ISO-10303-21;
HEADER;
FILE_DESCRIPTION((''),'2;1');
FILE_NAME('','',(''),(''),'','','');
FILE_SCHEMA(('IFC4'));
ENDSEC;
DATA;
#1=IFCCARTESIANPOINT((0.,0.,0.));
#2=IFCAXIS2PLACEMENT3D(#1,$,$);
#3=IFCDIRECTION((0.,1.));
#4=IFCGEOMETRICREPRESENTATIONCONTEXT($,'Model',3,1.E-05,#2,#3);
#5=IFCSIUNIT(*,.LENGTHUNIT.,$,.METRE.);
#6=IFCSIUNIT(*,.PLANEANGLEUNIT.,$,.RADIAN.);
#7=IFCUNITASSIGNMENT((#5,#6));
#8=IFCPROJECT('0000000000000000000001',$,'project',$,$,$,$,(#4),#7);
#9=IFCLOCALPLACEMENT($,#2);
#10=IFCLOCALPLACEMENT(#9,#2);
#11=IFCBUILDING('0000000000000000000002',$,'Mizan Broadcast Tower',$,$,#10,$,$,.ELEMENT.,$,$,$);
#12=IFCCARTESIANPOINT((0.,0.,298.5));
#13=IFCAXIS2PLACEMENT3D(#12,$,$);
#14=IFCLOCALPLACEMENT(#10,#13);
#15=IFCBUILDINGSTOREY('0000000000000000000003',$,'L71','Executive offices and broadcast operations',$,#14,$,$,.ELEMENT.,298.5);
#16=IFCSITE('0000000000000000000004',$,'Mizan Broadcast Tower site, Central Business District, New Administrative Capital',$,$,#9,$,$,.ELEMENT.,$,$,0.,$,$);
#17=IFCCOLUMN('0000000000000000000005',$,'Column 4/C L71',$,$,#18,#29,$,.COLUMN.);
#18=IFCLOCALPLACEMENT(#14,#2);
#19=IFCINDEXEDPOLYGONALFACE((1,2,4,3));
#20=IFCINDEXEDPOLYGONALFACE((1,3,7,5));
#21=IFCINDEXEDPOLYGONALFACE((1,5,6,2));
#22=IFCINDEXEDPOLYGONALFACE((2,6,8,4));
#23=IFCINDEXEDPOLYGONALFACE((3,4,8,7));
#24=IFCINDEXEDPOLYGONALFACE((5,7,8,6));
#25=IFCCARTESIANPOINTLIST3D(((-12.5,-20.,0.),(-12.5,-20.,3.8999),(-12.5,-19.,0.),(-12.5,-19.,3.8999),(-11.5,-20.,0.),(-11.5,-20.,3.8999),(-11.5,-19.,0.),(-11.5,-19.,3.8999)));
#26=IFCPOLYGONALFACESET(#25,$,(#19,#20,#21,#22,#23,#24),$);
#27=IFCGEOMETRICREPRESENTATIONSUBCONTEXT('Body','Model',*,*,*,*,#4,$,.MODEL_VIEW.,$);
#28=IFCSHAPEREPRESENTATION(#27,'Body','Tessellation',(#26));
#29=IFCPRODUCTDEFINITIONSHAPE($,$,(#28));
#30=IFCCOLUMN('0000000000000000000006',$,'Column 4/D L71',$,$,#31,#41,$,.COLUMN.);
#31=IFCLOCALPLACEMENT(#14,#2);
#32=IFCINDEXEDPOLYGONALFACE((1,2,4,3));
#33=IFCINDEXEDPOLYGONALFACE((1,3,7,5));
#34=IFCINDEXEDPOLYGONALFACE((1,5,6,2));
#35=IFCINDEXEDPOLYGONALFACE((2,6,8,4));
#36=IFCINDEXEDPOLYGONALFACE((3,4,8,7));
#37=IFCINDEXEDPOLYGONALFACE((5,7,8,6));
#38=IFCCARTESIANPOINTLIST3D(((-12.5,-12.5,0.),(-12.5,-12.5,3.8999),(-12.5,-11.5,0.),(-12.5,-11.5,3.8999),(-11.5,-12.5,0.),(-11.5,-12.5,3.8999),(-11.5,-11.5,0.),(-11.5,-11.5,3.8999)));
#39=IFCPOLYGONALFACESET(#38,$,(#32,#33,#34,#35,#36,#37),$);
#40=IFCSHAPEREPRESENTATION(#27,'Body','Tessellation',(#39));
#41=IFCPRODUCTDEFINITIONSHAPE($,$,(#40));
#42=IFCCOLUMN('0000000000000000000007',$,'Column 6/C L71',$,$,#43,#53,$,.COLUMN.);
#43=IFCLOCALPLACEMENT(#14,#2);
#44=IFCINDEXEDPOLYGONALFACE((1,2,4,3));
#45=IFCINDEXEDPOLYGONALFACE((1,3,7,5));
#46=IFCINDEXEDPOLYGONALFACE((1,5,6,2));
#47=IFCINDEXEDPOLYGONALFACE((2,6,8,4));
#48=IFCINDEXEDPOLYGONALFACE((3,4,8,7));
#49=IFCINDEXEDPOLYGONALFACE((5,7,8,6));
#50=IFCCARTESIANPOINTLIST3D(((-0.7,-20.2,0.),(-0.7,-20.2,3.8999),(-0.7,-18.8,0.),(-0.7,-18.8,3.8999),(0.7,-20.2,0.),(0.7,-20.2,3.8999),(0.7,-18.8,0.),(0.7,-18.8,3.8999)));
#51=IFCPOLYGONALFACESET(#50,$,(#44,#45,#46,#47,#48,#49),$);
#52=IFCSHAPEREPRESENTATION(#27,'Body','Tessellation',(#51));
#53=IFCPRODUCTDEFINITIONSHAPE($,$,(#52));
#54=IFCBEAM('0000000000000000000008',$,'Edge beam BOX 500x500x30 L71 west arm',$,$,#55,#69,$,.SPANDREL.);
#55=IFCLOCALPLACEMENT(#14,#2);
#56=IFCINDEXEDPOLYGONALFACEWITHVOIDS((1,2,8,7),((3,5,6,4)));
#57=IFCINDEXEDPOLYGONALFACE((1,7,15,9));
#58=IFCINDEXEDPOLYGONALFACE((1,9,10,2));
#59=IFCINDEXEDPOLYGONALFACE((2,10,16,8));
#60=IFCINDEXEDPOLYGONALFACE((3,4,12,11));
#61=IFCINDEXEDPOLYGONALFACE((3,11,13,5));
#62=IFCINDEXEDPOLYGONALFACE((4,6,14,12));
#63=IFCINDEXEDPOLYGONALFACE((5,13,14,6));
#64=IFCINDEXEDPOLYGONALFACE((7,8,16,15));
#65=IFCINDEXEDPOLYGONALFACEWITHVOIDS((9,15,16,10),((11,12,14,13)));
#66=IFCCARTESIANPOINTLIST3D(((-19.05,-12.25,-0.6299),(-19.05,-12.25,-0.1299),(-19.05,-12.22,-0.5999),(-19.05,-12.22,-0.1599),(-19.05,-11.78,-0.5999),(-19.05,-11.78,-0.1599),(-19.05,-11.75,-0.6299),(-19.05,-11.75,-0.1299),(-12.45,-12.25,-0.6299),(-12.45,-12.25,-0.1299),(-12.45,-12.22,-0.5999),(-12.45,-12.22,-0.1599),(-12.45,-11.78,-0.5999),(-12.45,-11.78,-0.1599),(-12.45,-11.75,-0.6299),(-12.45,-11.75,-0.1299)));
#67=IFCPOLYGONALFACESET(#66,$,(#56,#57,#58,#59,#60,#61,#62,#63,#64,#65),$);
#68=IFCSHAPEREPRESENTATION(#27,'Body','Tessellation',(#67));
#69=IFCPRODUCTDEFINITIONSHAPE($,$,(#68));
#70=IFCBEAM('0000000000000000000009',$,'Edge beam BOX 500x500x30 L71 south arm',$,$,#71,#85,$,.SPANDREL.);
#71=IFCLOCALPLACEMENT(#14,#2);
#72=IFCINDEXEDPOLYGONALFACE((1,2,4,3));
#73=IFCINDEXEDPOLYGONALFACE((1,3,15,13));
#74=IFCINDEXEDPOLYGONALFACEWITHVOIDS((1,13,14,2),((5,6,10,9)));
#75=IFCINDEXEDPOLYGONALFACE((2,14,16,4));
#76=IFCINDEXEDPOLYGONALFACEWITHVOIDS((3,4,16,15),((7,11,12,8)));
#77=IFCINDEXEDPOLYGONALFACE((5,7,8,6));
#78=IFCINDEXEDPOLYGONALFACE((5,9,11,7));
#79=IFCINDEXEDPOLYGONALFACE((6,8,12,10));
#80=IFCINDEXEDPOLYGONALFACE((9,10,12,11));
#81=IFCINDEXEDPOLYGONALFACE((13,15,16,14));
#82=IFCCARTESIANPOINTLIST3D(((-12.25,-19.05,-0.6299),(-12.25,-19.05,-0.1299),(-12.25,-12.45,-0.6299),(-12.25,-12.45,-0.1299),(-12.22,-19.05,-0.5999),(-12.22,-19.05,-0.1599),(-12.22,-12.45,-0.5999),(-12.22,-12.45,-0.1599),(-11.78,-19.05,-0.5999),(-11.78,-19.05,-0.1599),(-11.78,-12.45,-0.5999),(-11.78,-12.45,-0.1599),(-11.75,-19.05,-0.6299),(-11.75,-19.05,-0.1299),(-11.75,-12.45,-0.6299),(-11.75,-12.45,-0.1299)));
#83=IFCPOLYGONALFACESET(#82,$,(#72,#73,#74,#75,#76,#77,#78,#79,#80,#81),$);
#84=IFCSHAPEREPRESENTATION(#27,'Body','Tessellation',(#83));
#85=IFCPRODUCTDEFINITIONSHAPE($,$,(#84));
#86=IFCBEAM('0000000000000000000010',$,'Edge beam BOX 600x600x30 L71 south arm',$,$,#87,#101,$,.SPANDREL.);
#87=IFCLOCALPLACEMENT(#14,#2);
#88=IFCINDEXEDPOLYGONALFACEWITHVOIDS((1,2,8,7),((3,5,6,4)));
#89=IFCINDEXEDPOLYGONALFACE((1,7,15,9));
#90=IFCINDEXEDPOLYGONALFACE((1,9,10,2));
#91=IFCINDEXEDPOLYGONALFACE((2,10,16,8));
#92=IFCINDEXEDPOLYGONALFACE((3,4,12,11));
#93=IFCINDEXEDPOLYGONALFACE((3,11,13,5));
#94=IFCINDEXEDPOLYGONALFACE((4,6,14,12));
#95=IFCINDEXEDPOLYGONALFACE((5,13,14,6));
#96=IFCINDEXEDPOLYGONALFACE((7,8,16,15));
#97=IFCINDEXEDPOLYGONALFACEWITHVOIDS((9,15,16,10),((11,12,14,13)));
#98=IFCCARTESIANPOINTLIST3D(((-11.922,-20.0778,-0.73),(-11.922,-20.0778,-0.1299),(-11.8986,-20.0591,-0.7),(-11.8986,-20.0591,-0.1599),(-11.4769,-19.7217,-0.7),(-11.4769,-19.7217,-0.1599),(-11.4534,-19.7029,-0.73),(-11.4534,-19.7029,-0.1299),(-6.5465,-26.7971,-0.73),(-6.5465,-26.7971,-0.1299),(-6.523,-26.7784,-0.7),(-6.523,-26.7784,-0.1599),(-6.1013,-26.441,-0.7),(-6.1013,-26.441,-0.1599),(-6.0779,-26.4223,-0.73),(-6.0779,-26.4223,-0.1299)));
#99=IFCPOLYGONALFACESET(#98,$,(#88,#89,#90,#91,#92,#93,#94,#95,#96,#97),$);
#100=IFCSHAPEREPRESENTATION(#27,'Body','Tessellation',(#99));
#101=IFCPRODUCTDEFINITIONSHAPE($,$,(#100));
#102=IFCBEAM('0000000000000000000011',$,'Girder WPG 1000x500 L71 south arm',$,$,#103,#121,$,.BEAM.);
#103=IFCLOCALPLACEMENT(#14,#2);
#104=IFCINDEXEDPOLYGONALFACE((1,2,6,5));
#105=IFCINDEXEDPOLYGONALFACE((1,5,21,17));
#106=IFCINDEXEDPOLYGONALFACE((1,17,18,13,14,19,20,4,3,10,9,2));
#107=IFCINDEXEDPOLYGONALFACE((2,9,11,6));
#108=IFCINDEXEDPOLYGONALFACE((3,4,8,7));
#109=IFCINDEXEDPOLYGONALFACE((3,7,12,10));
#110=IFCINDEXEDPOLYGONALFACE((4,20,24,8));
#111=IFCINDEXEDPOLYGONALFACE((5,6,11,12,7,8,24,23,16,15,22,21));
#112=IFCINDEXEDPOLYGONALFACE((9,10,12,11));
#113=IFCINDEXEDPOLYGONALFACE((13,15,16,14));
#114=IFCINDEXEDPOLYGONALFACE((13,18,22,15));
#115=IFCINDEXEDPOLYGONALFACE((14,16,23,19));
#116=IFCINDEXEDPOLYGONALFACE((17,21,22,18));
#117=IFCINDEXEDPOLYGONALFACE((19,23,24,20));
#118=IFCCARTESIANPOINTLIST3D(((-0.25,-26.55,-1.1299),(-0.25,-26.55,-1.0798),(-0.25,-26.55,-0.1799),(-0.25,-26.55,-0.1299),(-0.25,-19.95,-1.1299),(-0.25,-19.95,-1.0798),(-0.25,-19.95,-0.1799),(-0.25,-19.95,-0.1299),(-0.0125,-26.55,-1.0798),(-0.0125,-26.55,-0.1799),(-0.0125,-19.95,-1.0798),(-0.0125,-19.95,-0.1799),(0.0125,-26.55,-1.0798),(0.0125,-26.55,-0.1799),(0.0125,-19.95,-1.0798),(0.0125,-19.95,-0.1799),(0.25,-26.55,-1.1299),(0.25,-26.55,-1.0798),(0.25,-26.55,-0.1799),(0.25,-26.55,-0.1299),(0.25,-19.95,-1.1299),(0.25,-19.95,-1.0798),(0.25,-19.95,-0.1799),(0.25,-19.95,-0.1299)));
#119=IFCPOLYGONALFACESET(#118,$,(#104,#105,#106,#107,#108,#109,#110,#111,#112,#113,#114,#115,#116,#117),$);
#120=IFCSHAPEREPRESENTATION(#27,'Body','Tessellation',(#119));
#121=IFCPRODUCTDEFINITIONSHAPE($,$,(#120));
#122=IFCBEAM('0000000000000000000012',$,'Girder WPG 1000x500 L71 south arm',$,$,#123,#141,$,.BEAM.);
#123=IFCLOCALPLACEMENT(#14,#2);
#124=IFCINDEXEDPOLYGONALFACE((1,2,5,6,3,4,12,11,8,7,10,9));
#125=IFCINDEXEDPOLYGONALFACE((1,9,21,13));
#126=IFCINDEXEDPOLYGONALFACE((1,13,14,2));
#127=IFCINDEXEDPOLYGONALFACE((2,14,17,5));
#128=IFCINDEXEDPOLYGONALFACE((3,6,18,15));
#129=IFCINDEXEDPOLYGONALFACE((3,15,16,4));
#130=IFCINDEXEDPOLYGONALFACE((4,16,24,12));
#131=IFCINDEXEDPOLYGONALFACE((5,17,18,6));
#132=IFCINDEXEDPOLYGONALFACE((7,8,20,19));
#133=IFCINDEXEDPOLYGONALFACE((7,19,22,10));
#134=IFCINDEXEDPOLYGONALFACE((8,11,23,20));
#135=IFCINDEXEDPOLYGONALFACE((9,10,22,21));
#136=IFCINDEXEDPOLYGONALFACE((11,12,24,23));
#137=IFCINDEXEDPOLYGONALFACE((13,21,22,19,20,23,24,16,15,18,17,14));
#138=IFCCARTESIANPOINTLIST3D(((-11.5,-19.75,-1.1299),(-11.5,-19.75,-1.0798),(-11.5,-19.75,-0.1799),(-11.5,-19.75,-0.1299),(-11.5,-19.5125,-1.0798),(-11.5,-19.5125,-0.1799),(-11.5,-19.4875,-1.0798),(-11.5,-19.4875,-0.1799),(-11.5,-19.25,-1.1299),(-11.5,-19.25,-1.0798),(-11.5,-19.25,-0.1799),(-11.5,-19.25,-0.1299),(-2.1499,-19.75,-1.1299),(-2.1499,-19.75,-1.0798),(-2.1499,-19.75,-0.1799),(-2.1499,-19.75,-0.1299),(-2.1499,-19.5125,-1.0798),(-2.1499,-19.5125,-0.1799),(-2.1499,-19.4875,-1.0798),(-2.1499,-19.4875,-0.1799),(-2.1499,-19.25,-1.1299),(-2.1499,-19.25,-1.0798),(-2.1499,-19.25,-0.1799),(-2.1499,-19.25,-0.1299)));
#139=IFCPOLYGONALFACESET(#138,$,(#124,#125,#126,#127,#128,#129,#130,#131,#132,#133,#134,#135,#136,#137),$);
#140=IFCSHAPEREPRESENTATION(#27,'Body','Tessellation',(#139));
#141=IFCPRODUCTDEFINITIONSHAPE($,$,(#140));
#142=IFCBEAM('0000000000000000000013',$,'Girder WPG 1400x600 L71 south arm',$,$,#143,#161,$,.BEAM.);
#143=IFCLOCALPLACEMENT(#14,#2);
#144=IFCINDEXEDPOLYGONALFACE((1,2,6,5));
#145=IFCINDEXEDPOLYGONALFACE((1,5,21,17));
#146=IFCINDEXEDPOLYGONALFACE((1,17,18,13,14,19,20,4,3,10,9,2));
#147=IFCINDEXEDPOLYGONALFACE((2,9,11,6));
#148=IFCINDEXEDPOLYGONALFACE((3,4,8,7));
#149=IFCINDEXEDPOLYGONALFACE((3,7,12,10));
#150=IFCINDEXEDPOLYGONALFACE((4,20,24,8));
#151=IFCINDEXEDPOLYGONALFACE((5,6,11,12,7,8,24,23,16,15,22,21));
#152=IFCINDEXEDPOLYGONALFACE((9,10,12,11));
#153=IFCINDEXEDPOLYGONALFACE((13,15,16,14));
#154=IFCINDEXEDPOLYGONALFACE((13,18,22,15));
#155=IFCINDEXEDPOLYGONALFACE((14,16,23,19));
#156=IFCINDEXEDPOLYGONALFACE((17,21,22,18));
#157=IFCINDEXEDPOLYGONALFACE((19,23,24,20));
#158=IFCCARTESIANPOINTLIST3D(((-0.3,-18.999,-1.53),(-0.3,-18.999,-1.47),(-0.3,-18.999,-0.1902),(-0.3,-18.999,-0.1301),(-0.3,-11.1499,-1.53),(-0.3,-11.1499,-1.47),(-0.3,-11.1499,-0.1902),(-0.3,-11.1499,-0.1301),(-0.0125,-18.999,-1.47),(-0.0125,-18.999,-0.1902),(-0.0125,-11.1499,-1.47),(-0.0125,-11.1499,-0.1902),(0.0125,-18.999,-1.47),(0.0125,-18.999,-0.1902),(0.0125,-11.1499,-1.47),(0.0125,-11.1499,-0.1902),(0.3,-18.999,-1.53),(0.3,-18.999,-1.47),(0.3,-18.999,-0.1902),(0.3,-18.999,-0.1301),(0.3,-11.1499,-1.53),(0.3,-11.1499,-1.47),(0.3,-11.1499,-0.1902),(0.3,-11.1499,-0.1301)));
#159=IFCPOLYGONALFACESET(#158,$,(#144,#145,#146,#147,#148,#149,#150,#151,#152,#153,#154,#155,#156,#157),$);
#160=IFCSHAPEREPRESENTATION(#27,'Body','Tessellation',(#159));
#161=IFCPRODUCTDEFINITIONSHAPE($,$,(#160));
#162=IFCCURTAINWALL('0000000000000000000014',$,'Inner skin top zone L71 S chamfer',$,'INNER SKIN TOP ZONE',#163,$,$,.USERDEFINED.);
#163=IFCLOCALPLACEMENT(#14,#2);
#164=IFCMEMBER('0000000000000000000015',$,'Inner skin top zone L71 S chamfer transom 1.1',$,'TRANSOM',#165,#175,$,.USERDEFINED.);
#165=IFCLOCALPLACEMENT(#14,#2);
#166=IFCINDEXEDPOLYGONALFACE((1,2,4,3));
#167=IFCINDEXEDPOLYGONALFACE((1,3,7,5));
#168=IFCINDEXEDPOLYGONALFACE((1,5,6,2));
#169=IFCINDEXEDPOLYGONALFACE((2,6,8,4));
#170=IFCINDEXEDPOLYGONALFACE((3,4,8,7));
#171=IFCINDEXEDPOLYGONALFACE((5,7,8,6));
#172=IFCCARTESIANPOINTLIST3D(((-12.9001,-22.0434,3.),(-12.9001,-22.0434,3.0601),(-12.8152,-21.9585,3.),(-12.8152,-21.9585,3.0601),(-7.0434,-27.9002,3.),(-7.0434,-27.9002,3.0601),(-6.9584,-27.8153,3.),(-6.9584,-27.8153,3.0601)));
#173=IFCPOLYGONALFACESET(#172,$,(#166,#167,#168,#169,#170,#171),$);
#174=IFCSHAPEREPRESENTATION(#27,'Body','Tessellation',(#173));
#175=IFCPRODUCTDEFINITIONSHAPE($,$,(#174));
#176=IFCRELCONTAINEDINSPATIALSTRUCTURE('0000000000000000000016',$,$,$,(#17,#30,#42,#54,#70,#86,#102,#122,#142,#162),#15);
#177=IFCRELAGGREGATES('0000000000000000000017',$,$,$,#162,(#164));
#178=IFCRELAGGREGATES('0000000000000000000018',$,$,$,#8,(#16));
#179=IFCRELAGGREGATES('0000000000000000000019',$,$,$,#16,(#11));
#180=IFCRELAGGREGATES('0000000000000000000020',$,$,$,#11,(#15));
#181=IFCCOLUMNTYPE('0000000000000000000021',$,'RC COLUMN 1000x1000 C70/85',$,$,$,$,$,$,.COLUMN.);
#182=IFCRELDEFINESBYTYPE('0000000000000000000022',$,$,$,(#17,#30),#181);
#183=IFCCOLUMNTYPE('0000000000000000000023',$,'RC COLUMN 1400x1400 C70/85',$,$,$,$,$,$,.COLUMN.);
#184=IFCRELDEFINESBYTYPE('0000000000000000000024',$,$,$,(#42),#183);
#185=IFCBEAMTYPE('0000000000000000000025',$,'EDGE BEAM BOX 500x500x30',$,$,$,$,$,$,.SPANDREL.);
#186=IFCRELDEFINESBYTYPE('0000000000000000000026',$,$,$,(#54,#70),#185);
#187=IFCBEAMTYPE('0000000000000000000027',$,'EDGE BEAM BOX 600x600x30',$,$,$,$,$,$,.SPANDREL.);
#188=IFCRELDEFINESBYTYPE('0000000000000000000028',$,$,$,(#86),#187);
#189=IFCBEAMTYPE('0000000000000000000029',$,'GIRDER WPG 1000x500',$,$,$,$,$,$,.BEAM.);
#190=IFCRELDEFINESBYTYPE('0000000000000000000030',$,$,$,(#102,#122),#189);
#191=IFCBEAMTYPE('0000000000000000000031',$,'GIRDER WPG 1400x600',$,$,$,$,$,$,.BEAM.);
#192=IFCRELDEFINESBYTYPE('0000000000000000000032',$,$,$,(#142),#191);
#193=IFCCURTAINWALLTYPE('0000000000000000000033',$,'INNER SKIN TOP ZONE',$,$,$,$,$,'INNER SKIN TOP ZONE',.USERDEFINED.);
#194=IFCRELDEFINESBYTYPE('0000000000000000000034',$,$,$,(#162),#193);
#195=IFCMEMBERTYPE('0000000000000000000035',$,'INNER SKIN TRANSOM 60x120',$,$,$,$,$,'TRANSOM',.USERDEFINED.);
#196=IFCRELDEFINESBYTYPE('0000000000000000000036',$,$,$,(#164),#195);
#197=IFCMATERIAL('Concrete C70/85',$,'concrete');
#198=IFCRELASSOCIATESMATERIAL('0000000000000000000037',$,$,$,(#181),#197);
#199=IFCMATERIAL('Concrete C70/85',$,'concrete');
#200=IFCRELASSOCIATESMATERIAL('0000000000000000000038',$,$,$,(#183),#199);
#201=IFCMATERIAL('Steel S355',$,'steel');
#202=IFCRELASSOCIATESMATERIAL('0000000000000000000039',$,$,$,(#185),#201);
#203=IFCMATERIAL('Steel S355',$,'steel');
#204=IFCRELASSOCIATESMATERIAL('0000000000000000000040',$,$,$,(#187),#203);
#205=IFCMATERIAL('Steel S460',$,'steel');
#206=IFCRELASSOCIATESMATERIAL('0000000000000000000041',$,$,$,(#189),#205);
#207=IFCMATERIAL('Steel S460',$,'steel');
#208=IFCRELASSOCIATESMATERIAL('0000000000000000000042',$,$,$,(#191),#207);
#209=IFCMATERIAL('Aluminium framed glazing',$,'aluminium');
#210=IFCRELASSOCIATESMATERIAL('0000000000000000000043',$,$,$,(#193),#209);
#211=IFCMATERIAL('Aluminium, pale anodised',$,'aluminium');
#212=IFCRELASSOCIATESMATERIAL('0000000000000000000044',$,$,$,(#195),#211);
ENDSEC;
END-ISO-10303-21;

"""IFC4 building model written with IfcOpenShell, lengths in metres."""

from ifc_helpers import new_model, si_unit, direction, frame, origin, origin_2d, place, context, subcontext, project, spatial, rectangle, hollow_rectangle, i_section, extrude, material, material_profile, profile_set, type_object, element, aggregate, save


model = new_model("IFC4")

# Units and contexts
model_context = context("Model", 3, precision=1e-05, world=origin(), true_north=direction((0.0, 1.0)))
body_context = subcontext(model_context, "Body", "Model", "MODEL_VIEW")
ifc_project = project(units=[si_unit("LENGTHUNIT", "METRE"), si_unit("PLANEANGLEUNIT", "RADIAN")], contexts=[model_context])

# Site, building, storey
site_placement = place(None, origin())
site = spatial("IfcSite", under=ifc_project, at=site_placement, Name="Mizan Broadcast Tower site, Central Business District, New Administrative Capital", CompositionType="ELEMENT", RefElevation=0.0)
building_placement = place(site_placement, origin())
building = spatial("IfcBuilding", under=site, at=building_placement, Name="Mizan Broadcast Tower", CompositionType="ELEMENT")
storey_placement = place(building_placement, frame((0.0, 0.0, 298.5)))
storey = spatial("IfcBuildingStorey", under=building, at=storey_placement, Name="L71", Description="Executive offices and broadcast operations", CompositionType="ELEMENT", Elevation=298.5)

# Columns
ifc_material_1 = material(Name="Concrete C70/85", Category="concrete")
ifc_material_profile_1 = material_profile(ifc_material_1, rectangle(XDim=1.0, YDim=1.0, at=origin_2d()), Name="RC 1000x1000")
ifc_profile_set_1 = profile_set([ifc_material_profile_1], Name="Concrete C70/85")
column_type_1 = type_object("IfcColumnType", Name="RC COLUMN 1000x1000 C70/85", PredefinedType="COLUMN", material=ifc_profile_set_1)
for number, where, z_axis, x_axis, name in (
    (1, (-12.0, -19.5, 0.0), (0.0, 0.0, 1.0), (1.0, 0.0, 0.0), "Column 4/C L71"),
    (2, (-12.0, -12.0, 0.0), (0.0, 0.0, 1.0), (1.0, 0.0, 0.0), "Column 4/D L71"),
):
    element("IfcColumn", number, at=place(storey_placement, frame(where, z_axis=z_axis, x_axis=x_axis)), inside=storey, type_object=column_type_1, Name=name, PredefinedType="COLUMN", context=body_context, shape_type="SweptSolid", body=[
        extrude(rectangle(XDim=1.0, YDim=1.0, at=origin_2d()), origin(), (0.0, 0.0, 1.0), 3.8999),
    ])
ifc_material_2 = material(Name="Concrete C70/85", Category="concrete")
ifc_material_profile_2 = material_profile(ifc_material_2, rectangle(XDim=1.3999, YDim=1.3999, at=origin_2d()), Name="RC 1400x1400")
ifc_profile_set_2 = profile_set([ifc_material_profile_2], Name="Concrete C70/85")
column_type_2 = type_object("IfcColumnType", Name="RC COLUMN 1400x1400 C70/85", PredefinedType="COLUMN", material=ifc_profile_set_2)
column_placement = place(storey_placement, frame((0.0, -19.5, 0.0), z_axis=(0.0, 0.0, 1.0), x_axis=(1.0, 0.0, 0.0)))
element("IfcColumn", 3, at=column_placement, inside=storey, type_object=column_type_2, Name="Column 6/C L71", PredefinedType="COLUMN", context=body_context, shape_type="SweptSolid", body=[
    extrude(rectangle(XDim=1.3999, YDim=1.3999, at=origin_2d()), origin(), (0.0, 0.0, 1.0), 3.8999),
])

# Beams
ifc_material_3 = material(Name="Steel S355", Category="steel")
ifc_material_profile_3 = material_profile(ifc_material_3, hollow_rectangle(XDim=0.5, YDim=0.5, WallThickness=0.03, at=origin_2d()), Name="BOX 500x500x30")
ifc_profile_set_3 = profile_set([ifc_material_profile_3], Name="Steel S355")
beam_type_1 = type_object("IfcBeamType", Name="EDGE BEAM BOX 500x500x30", PredefinedType="SPANDREL", material=ifc_profile_set_3)
for number, where, z_axis, x_axis, name in (
    (4, (-12.45, -12.0, -0.3799), (-1.0, 0.0, 0.0), (0.0, -1.0, 0.0), "Edge beam BOX 500x500x30 L71 west arm"),
    (5, (-12.0, -12.45, -0.3799), (0.0, -1.0, 0.0), (1.0, 0.0, 0.0), "Edge beam BOX 500x500x30 L71 south arm"),
):
    element("IfcBeam", number, at=place(storey_placement, frame(where, z_axis=z_axis, x_axis=x_axis)), inside=storey, type_object=beam_type_1, Name=name, PredefinedType="SPANDREL", context=body_context, shape_type="SweptSolid", body=[
        extrude(hollow_rectangle(XDim=0.5, YDim=0.5, WallThickness=0.03, at=origin_2d()), origin(), (0.0, 0.0, 1.0), 6.6001),
    ])
ifc_material_4 = material(Name="Steel S355", Category="steel")
ifc_material_profile_4 = material_profile(ifc_material_4, hollow_rectangle(XDim=0.6001, YDim=0.6001, WallThickness=0.03, at=origin_2d()), Name="BOX 600x600x30")
ifc_profile_set_4 = profile_set([ifc_material_profile_4], Name="Steel S355")
beam_type_2 = type_object("IfcBeamType", Name="EDGE BEAM BOX 600x600x30", PredefinedType="SPANDREL", material=ifc_profile_set_4)
beam_1_placement = place(storey_placement, frame((-11.6877, -19.8904, -0.4299), z_axis=(0.624702, -0.780863, 0.0), x_axis=(0.780863, 0.624702, 0.0)))
element("IfcBeam", 6, at=beam_1_placement, inside=storey, type_object=beam_type_2, Name="Edge beam BOX 600x600x30 L71 south arm", PredefinedType="SPANDREL", context=body_context, shape_type="SweptSolid", body=[
    extrude(hollow_rectangle(XDim=0.6001, YDim=0.6001, WallThickness=0.03, at=origin_2d()), origin(), (0.0, 0.0, 1.0), 8.605),
])
ifc_material_5 = material(Name="Steel S460", Category="steel")
ifc_material_profile_5 = material_profile(ifc_material_5, i_section(OverallWidth=0.5, OverallDepth=1.0, WebThickness=0.0249, FlangeThickness=0.05, at=origin_2d()), Name="WPG 1000x500")
ifc_profile_set_5 = profile_set([ifc_material_profile_5], Name="Steel S460")
beam_type_3 = type_object("IfcBeamType", Name="GIRDER WPG 1000x500", PredefinedType="BEAM", material=ifc_profile_set_5)
beam_2_placement = place(storey_placement, frame((0.0, -19.95, -0.6299), z_axis=(0.0, -1.0, 0.0), x_axis=(1.0, 0.0, 0.0)))
element("IfcBeam", 7, at=beam_2_placement, inside=storey, type_object=beam_type_3, Name="Girder WPG 1000x500 L71 south arm", PredefinedType="BEAM", context=body_context, shape_type="SweptSolid", body=[
    extrude(i_section(OverallWidth=0.5, OverallDepth=1.0, WebThickness=0.0249, FlangeThickness=0.05, at=origin_2d()), origin(), (0.0, 0.0, 1.0), 6.6001),
])
beam_3_placement = place(storey_placement, frame((-11.5, -19.5, -0.6299), z_axis=(1.0, 0.0, 0.0), x_axis=(0.0, 1.0, 0.0)))
element("IfcBeam", 8, at=beam_3_placement, inside=storey, type_object=beam_type_3, Name="Girder WPG 1000x500 L71 south arm", PredefinedType="BEAM", context=body_context, shape_type="SweptSolid", body=[
    extrude(i_section(OverallWidth=0.5, OverallDepth=1.0, WebThickness=0.0249, FlangeThickness=0.05, at=origin_2d()), origin(), (0.0, 0.0, 1.0), 9.3501),
])
ifc_material_6 = material(Name="Steel S460", Category="steel")
ifc_material_profile_6 = material_profile(ifc_material_6, i_section(OverallWidth=0.6001, OverallDepth=1.3999, WebThickness=0.0249, FlangeThickness=0.0601, at=origin_2d()), Name="WPG 1400x600")
ifc_profile_set_6 = profile_set([ifc_material_profile_6], Name="Steel S460")
beam_type_4 = type_object("IfcBeamType", Name="GIRDER WPG 1400x600", PredefinedType="BEAM", material=ifc_profile_set_6)
beam_4_placement = place(storey_placement, frame((0.0, -11.1499, -0.8301), z_axis=(0.0, -1.0, 0.0), x_axis=(1.0, 0.0, 0.0)))
element("IfcBeam", 9, at=beam_4_placement, inside=storey, type_object=beam_type_4, Name="Girder WPG 1400x600 L71 south arm", PredefinedType="BEAM", context=body_context, shape_type="SweptSolid", body=[
    extrude(i_section(OverallWidth=0.6001, OverallDepth=1.3999, WebThickness=0.0249, FlangeThickness=0.0601, at=origin_2d()), origin(), (0.0, 0.0, 1.0), 7.8491),
])

# Curtain wall, member
ifc_material_7 = material(Name="Aluminium framed glazing", Category="aluminium")
curtain_wall_type = type_object("IfcCurtainWallType", Name="INNER SKIN TOP ZONE", ElementType="INNER SKIN TOP ZONE", PredefinedType="USERDEFINED", material=ifc_material_7)
curtain_wall_placement = place(storey_placement, origin())
curtain_wall = element("IfcCurtainWall", 10, at=curtain_wall_placement, inside=storey, type_object=curtain_wall_type, Name="Inner skin top zone L71 S chamfer", ObjectType="INNER SKIN TOP ZONE", PredefinedType="USERDEFINED")
ifc_material_8 = material(Name="Aluminium, pale anodised", Category="aluminium")
ifc_material_profile_7 = material_profile(ifc_material_8, rectangle(XDim=0.1201, YDim=0.0601, at=origin_2d()), Name="TRANSOM 120x60")
ifc_profile_set_7 = profile_set([ifc_material_profile_7], Name="Aluminium, pale anodised")
member_type = type_object("IfcMemberType", Name="INNER SKIN TRANSOM 60x120", ElementType="TRANSOM", PredefinedType="USERDEFINED", material=ifc_profile_set_7)
member_placement = place(storey_placement, frame((-12.8577, -22.001, 3.03), z_axis=(0.707107, -0.707107, 0.0), x_axis=(0.707107, 0.707107, 0.0)))
member = element("IfcMember", 11, at=member_placement, type_object=member_type, Name="Inner skin top zone L71 S chamfer transom 1.1", ObjectType="TRANSOM", PredefinedType="USERDEFINED", context=body_context, shape_type="SweptSolid", body=[
    extrude(rectangle(XDim=0.1201, YDim=0.0601, at=origin_2d()), origin(), (0.0, 0.0, 1.0), 8.2827),
])
aggregate(curtain_wall, [member])

save(model, "model.ifc")
